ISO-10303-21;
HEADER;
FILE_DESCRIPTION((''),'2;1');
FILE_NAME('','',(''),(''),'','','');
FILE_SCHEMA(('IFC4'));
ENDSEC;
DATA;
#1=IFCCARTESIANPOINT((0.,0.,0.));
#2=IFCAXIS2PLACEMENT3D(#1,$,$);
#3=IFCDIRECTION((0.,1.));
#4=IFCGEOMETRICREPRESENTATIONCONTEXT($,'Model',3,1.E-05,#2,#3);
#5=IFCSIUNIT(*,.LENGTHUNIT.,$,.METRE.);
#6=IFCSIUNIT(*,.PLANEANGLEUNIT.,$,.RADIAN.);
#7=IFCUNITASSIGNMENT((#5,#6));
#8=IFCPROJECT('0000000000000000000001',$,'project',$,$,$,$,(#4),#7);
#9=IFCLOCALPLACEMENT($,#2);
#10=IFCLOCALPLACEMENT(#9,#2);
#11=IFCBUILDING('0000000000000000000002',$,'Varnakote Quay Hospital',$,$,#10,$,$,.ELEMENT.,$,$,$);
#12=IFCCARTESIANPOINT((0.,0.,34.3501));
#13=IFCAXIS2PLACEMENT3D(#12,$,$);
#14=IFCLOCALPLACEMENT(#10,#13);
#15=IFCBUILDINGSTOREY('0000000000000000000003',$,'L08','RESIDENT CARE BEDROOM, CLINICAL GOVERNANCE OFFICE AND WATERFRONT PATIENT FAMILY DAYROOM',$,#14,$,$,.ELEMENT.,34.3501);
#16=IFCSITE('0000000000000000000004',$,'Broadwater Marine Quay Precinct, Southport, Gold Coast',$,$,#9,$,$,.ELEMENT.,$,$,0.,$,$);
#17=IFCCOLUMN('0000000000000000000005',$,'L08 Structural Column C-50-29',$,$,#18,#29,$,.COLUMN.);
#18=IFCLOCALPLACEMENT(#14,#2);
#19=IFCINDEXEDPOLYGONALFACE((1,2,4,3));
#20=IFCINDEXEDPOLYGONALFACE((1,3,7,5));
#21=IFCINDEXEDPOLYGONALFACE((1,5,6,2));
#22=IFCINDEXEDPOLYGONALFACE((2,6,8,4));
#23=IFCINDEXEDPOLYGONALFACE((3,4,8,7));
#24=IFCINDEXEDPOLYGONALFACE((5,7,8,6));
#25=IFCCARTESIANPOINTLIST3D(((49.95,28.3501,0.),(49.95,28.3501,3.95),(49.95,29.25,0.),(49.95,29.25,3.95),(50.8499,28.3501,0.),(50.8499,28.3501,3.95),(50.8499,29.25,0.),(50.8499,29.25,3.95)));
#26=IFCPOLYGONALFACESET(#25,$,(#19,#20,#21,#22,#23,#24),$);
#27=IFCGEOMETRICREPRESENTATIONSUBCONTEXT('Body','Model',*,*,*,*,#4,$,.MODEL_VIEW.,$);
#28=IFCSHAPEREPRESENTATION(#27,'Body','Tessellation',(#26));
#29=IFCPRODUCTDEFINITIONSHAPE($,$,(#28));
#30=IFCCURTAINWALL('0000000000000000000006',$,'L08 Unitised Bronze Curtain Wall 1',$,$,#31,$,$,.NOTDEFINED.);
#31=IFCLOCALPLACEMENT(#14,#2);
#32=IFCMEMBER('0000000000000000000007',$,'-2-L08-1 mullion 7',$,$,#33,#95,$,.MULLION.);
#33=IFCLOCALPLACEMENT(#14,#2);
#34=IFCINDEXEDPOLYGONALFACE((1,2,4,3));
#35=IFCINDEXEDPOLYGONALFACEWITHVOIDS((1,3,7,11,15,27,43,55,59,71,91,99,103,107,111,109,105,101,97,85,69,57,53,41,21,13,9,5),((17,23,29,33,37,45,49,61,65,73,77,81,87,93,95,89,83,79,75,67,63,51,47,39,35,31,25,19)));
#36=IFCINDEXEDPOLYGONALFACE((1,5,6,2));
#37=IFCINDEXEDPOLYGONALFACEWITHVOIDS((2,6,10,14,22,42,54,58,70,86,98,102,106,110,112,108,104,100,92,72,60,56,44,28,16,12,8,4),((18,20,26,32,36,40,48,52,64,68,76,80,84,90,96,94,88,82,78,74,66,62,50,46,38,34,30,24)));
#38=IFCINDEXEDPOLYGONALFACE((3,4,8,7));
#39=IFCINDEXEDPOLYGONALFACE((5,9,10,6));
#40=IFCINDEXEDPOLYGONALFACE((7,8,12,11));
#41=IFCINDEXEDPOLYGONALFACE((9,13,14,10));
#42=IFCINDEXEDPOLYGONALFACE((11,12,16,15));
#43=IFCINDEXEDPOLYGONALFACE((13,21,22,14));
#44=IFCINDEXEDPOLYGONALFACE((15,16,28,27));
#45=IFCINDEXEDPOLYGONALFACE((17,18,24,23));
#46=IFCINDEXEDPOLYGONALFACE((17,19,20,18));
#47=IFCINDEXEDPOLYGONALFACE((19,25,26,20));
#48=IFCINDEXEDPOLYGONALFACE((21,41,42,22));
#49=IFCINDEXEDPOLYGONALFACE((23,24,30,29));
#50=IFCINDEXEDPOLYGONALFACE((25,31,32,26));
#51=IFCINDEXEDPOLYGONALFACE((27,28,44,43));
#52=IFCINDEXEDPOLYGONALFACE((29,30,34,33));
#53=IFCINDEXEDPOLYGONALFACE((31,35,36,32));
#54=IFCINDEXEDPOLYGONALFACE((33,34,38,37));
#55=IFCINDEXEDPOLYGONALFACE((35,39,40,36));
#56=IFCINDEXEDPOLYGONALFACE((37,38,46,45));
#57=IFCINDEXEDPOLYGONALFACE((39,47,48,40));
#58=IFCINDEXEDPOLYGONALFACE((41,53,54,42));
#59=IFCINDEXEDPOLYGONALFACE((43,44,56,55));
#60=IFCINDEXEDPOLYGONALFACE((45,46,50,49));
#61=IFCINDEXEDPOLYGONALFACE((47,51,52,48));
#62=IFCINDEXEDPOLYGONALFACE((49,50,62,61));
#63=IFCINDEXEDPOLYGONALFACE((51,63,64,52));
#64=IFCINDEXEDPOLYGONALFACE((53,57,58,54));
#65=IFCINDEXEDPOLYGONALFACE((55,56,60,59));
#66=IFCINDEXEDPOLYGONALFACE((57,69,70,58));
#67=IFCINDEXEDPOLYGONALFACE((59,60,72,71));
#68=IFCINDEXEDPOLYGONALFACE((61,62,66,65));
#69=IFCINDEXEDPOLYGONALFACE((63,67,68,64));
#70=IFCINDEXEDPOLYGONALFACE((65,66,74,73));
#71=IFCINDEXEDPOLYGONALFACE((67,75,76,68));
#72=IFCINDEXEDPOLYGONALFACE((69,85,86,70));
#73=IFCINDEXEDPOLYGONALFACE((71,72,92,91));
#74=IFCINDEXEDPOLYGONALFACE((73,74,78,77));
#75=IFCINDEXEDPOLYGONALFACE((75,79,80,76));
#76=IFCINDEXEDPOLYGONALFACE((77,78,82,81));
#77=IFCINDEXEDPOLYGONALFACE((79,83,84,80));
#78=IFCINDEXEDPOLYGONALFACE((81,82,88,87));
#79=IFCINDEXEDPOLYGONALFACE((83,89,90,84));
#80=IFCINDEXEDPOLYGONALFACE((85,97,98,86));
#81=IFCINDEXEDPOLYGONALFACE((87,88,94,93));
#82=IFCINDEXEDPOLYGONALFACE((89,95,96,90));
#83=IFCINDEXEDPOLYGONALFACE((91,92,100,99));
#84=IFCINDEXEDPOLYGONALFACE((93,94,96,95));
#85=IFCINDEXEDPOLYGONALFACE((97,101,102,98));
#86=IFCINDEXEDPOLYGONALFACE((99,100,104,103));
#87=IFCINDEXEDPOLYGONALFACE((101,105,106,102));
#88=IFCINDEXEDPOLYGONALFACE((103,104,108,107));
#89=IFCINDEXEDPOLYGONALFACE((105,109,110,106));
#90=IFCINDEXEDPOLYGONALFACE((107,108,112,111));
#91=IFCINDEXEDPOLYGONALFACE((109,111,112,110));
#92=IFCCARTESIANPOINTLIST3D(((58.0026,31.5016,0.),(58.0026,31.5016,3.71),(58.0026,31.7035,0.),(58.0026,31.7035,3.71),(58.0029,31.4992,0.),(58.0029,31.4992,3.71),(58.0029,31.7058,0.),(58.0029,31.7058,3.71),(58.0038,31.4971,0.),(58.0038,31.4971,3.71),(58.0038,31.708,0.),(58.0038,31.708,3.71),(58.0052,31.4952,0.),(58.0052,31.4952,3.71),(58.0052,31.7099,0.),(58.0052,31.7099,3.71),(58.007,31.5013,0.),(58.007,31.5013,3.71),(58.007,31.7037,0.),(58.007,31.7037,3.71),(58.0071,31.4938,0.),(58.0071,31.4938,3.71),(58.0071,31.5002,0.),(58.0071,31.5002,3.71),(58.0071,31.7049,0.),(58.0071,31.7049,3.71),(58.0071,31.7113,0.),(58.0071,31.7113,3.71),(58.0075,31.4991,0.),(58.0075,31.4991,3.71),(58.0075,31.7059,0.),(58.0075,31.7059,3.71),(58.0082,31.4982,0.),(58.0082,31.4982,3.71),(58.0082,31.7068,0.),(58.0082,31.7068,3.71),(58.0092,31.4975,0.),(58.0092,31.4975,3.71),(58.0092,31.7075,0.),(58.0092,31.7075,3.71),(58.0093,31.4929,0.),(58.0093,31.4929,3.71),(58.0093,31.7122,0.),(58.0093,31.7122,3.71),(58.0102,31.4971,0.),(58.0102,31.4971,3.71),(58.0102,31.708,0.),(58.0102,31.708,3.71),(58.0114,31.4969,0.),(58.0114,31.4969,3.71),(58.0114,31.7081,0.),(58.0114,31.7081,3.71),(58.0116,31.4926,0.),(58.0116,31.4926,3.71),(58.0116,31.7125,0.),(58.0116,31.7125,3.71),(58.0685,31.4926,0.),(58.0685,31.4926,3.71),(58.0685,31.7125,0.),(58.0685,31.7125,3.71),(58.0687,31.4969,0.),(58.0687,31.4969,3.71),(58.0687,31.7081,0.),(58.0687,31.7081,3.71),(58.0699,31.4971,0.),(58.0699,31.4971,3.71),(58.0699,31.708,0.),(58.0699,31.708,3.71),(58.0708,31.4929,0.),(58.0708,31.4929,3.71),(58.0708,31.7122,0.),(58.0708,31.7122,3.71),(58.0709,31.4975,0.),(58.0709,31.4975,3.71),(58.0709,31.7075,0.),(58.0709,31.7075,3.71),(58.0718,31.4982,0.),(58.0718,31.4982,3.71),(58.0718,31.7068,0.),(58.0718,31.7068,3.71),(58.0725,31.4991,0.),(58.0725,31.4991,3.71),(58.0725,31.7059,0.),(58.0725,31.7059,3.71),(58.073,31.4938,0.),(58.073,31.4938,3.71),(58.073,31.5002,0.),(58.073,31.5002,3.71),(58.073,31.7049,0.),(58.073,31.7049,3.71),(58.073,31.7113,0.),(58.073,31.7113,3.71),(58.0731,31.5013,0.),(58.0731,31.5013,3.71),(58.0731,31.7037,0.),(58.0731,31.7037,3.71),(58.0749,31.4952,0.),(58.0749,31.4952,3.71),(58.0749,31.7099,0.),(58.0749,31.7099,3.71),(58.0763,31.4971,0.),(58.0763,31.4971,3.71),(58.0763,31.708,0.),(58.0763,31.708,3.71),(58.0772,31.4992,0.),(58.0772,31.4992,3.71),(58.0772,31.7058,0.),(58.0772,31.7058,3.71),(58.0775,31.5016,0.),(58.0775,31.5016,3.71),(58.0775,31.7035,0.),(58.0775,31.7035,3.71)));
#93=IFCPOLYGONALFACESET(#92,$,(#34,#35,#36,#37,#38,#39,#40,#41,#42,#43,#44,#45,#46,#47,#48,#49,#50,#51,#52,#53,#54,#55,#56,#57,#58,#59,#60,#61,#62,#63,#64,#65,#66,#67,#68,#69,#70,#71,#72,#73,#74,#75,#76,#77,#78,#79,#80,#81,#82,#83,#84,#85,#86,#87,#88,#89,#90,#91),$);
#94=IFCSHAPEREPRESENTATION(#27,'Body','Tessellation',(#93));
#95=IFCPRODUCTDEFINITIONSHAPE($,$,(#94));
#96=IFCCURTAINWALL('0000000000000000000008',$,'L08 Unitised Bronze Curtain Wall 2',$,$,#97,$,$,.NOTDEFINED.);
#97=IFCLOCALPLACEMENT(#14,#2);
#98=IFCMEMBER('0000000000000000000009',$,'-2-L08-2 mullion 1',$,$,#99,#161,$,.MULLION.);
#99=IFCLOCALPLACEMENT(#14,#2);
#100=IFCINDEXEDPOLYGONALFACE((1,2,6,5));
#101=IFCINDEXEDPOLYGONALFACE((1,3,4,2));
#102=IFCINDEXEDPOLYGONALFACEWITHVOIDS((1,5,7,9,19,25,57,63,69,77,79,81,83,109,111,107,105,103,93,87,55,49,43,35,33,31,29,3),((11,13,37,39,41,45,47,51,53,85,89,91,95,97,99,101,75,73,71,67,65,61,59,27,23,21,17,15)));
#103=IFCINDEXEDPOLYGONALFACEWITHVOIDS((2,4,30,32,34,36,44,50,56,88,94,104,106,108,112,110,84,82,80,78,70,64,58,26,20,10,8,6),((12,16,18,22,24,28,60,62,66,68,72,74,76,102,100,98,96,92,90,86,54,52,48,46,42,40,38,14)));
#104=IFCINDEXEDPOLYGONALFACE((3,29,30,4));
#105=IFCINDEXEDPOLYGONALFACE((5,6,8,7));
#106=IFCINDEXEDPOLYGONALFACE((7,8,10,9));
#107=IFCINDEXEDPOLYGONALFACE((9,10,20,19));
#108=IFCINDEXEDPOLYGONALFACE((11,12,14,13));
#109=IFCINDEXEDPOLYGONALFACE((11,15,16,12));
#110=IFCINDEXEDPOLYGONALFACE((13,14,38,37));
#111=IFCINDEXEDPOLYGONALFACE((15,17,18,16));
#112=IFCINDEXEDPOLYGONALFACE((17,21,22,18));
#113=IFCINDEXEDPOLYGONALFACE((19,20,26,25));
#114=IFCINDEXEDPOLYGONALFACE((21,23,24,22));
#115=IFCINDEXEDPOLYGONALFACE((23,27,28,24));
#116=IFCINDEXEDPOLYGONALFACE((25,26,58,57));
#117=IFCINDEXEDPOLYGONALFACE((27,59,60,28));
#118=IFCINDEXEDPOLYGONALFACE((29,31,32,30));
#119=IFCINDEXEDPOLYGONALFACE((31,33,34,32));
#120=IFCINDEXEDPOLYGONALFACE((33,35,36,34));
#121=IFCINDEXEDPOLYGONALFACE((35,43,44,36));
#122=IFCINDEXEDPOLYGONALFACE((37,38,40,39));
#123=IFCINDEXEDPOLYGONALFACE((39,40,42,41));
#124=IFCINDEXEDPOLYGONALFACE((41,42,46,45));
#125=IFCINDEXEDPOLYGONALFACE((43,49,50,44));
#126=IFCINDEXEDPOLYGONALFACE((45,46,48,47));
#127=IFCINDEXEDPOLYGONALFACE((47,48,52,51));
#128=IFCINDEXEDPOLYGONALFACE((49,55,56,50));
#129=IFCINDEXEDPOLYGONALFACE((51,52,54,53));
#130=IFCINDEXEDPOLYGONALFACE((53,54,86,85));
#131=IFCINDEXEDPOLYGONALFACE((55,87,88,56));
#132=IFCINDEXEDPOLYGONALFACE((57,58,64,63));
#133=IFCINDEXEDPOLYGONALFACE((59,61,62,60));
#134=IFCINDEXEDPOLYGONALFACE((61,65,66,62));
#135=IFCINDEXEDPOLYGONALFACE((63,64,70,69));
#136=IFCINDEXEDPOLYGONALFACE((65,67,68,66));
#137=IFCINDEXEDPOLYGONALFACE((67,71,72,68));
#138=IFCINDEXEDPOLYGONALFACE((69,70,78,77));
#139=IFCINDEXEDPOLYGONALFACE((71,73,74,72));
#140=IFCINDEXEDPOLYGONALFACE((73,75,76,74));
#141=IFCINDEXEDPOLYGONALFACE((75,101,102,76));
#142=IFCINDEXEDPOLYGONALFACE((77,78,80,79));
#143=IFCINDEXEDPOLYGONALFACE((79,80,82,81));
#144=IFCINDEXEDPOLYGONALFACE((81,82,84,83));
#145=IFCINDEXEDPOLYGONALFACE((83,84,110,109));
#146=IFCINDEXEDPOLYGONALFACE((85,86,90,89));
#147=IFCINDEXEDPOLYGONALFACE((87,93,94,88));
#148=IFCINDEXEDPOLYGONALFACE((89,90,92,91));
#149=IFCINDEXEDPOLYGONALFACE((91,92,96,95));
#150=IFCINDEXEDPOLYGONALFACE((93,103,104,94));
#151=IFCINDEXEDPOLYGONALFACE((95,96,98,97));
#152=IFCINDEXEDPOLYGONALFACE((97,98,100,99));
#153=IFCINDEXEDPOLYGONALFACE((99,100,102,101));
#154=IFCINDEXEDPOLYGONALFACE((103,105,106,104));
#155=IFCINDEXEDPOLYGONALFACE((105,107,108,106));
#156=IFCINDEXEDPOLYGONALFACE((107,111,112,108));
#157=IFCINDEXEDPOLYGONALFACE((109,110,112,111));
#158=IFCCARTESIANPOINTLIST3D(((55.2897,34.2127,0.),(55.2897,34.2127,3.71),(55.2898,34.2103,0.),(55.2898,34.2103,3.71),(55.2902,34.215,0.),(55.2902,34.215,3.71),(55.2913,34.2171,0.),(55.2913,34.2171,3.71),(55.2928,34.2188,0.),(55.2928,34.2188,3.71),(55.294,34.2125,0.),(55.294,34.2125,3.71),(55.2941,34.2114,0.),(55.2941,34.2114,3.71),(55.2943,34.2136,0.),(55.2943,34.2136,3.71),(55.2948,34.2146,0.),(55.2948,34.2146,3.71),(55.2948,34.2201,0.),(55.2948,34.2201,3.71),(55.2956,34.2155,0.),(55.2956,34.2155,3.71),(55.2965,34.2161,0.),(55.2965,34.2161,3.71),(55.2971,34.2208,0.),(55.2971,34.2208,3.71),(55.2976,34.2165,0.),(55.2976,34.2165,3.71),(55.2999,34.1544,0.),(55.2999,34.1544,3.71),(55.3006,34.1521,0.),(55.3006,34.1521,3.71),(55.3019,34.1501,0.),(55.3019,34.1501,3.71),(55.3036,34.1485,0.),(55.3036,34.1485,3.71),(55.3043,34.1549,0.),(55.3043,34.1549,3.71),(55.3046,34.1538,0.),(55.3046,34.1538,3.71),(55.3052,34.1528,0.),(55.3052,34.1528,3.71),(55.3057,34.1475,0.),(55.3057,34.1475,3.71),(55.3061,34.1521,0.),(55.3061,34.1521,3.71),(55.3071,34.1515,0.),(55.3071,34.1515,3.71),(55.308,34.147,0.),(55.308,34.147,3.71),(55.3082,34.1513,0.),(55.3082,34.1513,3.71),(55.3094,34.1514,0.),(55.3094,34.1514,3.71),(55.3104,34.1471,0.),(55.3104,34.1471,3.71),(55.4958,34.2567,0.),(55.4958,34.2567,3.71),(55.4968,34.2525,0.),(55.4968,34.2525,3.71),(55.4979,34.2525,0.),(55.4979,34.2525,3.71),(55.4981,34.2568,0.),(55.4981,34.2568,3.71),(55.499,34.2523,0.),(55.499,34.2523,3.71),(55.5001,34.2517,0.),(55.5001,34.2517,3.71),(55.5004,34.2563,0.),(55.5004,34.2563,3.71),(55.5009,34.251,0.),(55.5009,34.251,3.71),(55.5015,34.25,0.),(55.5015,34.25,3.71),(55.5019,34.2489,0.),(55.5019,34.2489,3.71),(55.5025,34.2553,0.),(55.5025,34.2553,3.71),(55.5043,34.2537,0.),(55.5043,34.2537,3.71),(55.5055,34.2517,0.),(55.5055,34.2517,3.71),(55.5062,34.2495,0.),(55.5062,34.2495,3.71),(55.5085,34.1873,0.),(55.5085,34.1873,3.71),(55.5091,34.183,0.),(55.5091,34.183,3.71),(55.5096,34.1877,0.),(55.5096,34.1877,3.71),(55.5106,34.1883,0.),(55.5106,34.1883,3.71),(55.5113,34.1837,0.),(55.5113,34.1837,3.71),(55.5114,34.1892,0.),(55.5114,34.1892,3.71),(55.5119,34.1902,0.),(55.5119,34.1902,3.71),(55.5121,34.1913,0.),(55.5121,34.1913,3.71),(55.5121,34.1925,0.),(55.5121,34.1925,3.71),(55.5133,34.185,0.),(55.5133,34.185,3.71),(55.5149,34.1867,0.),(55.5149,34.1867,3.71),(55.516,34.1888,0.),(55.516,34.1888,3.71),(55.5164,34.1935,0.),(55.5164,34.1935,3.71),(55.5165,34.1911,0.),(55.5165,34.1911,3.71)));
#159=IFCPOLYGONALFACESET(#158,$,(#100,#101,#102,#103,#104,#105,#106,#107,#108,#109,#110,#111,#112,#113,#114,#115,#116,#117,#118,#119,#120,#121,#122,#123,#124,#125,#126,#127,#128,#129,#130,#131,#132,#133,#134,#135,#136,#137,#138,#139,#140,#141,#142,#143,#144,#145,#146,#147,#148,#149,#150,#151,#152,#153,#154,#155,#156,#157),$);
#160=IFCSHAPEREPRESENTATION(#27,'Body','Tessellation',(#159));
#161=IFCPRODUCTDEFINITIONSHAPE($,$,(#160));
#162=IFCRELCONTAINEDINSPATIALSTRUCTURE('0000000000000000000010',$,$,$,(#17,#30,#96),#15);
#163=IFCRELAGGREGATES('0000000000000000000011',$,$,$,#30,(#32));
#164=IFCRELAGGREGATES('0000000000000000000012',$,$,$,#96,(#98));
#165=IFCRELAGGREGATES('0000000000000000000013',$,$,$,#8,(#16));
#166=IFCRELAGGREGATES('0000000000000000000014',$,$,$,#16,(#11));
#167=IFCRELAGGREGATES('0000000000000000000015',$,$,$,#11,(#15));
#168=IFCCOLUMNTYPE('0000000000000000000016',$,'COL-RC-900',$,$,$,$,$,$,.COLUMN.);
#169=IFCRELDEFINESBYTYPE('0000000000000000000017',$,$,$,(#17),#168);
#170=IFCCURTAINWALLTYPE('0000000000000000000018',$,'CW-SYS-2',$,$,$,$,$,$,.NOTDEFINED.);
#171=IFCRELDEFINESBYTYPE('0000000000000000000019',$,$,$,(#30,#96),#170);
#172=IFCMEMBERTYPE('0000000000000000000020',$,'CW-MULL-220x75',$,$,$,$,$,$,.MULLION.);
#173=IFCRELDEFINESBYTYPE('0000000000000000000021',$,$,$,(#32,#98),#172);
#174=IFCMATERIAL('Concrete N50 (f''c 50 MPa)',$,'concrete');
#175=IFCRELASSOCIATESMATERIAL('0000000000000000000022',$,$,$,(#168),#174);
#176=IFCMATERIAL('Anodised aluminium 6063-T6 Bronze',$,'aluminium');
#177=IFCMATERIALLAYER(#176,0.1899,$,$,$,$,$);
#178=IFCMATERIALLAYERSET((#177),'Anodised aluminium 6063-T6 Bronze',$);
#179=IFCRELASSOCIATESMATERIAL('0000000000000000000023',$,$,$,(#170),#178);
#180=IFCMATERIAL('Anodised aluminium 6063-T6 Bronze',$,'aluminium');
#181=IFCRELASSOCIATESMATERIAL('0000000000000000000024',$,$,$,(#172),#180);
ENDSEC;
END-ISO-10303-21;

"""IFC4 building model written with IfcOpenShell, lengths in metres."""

from ifc_helpers import new_model, si_unit, direction, frame, origin, origin_2d, place, context, subcontext, project, spatial, rectangle, hollow_rectangle, extrude, material, layer, layer_set, material_profile, profile_set, type_object, element, aggregate, save


model = new_model("IFC4")

# Units and contexts
model_context = context("Model", 3, precision=1e-05, world=origin(), true_north=direction((0.0, 1.0)))
body_context = subcontext(model_context, "Body", "Model", "MODEL_VIEW")
ifc_project = project(units=[si_unit("LENGTHUNIT", "METRE"), si_unit("PLANEANGLEUNIT", "RADIAN")], contexts=[model_context])

# Site, building, storey
site_placement = place(None, origin())
site = spatial("IfcSite", under=ifc_project, at=site_placement, Name="Broadwater Marine Quay Precinct, Southport, Gold Coast", CompositionType="ELEMENT", RefElevation=0.0)
building_placement = place(site_placement, origin())
building = spatial("IfcBuilding", under=site, at=building_placement, Name="Varnakote Quay Hospital", CompositionType="ELEMENT")
storey_placement = place(building_placement, frame((0.0, 0.0, 34.3501)))
storey = spatial("IfcBuildingStorey", under=building, at=storey_placement, Name="L08", Description="RESIDENT CARE BEDROOM, CLINICAL GOVERNANCE OFFICE AND WATERFRONT PATIENT FAMILY DAYROOM", CompositionType="ELEMENT", Elevation=34.3501)

# Column
ifc_material_1 = material(Name="Concrete N50 (f'c 50 MPa)", Category="concrete")
ifc_material_profile_1 = material_profile(ifc_material_1, rectangle(XDim=0.8999, YDim=0.8999, at=origin_2d()), Name="RC-COL-900x900")
ifc_profile_set_1 = profile_set([ifc_material_profile_1], Name="Concrete N50 (f'c 50 MPa)")
column_type = type_object("IfcColumnType", Name="COL-RC-900", PredefinedType="COLUMN", material=ifc_profile_set_1)
column_placement = place(storey_placement, frame((50.3999, 28.8, 0.0), z_axis=(0.0, 0.0, 1.0), x_axis=(1.0, 0.0, 0.0)))
element("IfcColumn", 1, at=column_placement, inside=storey, type_object=column_type, Name="L08 Structural Column C-50-29", PredefinedType="COLUMN", context=body_context, shape_type="SweptSolid", body=[
    extrude(rectangle(XDim=0.8999, YDim=0.8999, at=origin_2d()), origin(), (0.0, 0.0, 1.0), 3.95),
])

# Curtain wall, member
ifc_material_2 = material(Name="Anodised aluminium 6063-T6 Bronze", Category="aluminium")
ifc_layer_1 = layer(ifc_material_2, 0.1899)
ifc_layer_set_1 = layer_set([ifc_layer_1], Name="Anodised aluminium 6063-T6 Bronze")
curtain_wall_type = type_object("IfcCurtainWallType", Name="CW-SYS-2", PredefinedType="NOTDEFINED", material=ifc_layer_set_1)
curtain_wall_1_placement = place(storey_placement, origin())
curtain_wall_1 = element("IfcCurtainWall", 2, at=curtain_wall_1_placement, inside=storey, type_object=curtain_wall_type, Name="L08 Unitised Bronze Curtain Wall 1", PredefinedType="NOTDEFINED")
ifc_material_3 = material(Name="Anodised aluminium 6063-T6 Bronze", Category="aluminium")
ifc_material_profile_2 = material_profile(ifc_material_3, hollow_rectangle(XDim=0.075, YDim=0.22, WallThickness=0.0044, InnerFilletRadius=0.0044, OuterFilletRadius=0.009, at=origin_2d()), Name="CW-MULL-220x75")
ifc_profile_set_2 = profile_set([ifc_material_profile_2], Name="Anodised aluminium 6063-T6 Bronze")
member_type_1 = type_object("IfcMemberType", Name="CW-MULL-220x75", PredefinedType="MULLION", material=ifc_profile_set_2)
member_1_placement = place(storey_placement, frame((58.04, 31.6025, 0.0), z_axis=(0.0, 0.0, 1.0), x_axis=(-1.0, 0.0, 0.0)))
member_1 = element("IfcMember", 3, at=member_1_placement, type_object=member_type_1, Name="-2-L08-1 mullion 7", PredefinedType="MULLION", context=body_context, shape_type="SweptSolid", body=[
    extrude(hollow_rectangle(XDim=0.075, YDim=0.22, WallThickness=0.0044, InnerFilletRadius=0.0044, OuterFilletRadius=0.009, at=origin_2d()), origin(), (0.0, 0.0, 1.0), 3.71),
])

# Curtain wall, member
curtain_wall_2_placement = place(storey_placement, origin())
curtain_wall_2 = element("IfcCurtainWall", 4, at=curtain_wall_2_placement, inside=storey, type_object=curtain_wall_type, Name="L08 Unitised Bronze Curtain Wall 2", PredefinedType="NOTDEFINED")
member_2_placement = place(storey_placement, frame((55.4031, 34.2019, 0.0), z_axis=(0.0, 0.0, 1.0), x_axis=(0.177846, -0.984058, 0.0)))
member_2 = element("IfcMember", 5, at=member_2_placement, type_object=member_type_1, Name="-2-L08-2 mullion 1", PredefinedType="MULLION", context=body_context, shape_type="SweptSolid", body=[
    extrude(hollow_rectangle(XDim=0.075, YDim=0.22, WallThickness=0.0044, InnerFilletRadius=0.0044, OuterFilletRadius=0.009, at=origin_2d()), origin(), (0.0, 0.0, 1.0), 3.71),
])

aggregate(curtain_wall_1, [member_1])
aggregate(curtain_wall_2, [member_2])

save(model, "model.ifc")
